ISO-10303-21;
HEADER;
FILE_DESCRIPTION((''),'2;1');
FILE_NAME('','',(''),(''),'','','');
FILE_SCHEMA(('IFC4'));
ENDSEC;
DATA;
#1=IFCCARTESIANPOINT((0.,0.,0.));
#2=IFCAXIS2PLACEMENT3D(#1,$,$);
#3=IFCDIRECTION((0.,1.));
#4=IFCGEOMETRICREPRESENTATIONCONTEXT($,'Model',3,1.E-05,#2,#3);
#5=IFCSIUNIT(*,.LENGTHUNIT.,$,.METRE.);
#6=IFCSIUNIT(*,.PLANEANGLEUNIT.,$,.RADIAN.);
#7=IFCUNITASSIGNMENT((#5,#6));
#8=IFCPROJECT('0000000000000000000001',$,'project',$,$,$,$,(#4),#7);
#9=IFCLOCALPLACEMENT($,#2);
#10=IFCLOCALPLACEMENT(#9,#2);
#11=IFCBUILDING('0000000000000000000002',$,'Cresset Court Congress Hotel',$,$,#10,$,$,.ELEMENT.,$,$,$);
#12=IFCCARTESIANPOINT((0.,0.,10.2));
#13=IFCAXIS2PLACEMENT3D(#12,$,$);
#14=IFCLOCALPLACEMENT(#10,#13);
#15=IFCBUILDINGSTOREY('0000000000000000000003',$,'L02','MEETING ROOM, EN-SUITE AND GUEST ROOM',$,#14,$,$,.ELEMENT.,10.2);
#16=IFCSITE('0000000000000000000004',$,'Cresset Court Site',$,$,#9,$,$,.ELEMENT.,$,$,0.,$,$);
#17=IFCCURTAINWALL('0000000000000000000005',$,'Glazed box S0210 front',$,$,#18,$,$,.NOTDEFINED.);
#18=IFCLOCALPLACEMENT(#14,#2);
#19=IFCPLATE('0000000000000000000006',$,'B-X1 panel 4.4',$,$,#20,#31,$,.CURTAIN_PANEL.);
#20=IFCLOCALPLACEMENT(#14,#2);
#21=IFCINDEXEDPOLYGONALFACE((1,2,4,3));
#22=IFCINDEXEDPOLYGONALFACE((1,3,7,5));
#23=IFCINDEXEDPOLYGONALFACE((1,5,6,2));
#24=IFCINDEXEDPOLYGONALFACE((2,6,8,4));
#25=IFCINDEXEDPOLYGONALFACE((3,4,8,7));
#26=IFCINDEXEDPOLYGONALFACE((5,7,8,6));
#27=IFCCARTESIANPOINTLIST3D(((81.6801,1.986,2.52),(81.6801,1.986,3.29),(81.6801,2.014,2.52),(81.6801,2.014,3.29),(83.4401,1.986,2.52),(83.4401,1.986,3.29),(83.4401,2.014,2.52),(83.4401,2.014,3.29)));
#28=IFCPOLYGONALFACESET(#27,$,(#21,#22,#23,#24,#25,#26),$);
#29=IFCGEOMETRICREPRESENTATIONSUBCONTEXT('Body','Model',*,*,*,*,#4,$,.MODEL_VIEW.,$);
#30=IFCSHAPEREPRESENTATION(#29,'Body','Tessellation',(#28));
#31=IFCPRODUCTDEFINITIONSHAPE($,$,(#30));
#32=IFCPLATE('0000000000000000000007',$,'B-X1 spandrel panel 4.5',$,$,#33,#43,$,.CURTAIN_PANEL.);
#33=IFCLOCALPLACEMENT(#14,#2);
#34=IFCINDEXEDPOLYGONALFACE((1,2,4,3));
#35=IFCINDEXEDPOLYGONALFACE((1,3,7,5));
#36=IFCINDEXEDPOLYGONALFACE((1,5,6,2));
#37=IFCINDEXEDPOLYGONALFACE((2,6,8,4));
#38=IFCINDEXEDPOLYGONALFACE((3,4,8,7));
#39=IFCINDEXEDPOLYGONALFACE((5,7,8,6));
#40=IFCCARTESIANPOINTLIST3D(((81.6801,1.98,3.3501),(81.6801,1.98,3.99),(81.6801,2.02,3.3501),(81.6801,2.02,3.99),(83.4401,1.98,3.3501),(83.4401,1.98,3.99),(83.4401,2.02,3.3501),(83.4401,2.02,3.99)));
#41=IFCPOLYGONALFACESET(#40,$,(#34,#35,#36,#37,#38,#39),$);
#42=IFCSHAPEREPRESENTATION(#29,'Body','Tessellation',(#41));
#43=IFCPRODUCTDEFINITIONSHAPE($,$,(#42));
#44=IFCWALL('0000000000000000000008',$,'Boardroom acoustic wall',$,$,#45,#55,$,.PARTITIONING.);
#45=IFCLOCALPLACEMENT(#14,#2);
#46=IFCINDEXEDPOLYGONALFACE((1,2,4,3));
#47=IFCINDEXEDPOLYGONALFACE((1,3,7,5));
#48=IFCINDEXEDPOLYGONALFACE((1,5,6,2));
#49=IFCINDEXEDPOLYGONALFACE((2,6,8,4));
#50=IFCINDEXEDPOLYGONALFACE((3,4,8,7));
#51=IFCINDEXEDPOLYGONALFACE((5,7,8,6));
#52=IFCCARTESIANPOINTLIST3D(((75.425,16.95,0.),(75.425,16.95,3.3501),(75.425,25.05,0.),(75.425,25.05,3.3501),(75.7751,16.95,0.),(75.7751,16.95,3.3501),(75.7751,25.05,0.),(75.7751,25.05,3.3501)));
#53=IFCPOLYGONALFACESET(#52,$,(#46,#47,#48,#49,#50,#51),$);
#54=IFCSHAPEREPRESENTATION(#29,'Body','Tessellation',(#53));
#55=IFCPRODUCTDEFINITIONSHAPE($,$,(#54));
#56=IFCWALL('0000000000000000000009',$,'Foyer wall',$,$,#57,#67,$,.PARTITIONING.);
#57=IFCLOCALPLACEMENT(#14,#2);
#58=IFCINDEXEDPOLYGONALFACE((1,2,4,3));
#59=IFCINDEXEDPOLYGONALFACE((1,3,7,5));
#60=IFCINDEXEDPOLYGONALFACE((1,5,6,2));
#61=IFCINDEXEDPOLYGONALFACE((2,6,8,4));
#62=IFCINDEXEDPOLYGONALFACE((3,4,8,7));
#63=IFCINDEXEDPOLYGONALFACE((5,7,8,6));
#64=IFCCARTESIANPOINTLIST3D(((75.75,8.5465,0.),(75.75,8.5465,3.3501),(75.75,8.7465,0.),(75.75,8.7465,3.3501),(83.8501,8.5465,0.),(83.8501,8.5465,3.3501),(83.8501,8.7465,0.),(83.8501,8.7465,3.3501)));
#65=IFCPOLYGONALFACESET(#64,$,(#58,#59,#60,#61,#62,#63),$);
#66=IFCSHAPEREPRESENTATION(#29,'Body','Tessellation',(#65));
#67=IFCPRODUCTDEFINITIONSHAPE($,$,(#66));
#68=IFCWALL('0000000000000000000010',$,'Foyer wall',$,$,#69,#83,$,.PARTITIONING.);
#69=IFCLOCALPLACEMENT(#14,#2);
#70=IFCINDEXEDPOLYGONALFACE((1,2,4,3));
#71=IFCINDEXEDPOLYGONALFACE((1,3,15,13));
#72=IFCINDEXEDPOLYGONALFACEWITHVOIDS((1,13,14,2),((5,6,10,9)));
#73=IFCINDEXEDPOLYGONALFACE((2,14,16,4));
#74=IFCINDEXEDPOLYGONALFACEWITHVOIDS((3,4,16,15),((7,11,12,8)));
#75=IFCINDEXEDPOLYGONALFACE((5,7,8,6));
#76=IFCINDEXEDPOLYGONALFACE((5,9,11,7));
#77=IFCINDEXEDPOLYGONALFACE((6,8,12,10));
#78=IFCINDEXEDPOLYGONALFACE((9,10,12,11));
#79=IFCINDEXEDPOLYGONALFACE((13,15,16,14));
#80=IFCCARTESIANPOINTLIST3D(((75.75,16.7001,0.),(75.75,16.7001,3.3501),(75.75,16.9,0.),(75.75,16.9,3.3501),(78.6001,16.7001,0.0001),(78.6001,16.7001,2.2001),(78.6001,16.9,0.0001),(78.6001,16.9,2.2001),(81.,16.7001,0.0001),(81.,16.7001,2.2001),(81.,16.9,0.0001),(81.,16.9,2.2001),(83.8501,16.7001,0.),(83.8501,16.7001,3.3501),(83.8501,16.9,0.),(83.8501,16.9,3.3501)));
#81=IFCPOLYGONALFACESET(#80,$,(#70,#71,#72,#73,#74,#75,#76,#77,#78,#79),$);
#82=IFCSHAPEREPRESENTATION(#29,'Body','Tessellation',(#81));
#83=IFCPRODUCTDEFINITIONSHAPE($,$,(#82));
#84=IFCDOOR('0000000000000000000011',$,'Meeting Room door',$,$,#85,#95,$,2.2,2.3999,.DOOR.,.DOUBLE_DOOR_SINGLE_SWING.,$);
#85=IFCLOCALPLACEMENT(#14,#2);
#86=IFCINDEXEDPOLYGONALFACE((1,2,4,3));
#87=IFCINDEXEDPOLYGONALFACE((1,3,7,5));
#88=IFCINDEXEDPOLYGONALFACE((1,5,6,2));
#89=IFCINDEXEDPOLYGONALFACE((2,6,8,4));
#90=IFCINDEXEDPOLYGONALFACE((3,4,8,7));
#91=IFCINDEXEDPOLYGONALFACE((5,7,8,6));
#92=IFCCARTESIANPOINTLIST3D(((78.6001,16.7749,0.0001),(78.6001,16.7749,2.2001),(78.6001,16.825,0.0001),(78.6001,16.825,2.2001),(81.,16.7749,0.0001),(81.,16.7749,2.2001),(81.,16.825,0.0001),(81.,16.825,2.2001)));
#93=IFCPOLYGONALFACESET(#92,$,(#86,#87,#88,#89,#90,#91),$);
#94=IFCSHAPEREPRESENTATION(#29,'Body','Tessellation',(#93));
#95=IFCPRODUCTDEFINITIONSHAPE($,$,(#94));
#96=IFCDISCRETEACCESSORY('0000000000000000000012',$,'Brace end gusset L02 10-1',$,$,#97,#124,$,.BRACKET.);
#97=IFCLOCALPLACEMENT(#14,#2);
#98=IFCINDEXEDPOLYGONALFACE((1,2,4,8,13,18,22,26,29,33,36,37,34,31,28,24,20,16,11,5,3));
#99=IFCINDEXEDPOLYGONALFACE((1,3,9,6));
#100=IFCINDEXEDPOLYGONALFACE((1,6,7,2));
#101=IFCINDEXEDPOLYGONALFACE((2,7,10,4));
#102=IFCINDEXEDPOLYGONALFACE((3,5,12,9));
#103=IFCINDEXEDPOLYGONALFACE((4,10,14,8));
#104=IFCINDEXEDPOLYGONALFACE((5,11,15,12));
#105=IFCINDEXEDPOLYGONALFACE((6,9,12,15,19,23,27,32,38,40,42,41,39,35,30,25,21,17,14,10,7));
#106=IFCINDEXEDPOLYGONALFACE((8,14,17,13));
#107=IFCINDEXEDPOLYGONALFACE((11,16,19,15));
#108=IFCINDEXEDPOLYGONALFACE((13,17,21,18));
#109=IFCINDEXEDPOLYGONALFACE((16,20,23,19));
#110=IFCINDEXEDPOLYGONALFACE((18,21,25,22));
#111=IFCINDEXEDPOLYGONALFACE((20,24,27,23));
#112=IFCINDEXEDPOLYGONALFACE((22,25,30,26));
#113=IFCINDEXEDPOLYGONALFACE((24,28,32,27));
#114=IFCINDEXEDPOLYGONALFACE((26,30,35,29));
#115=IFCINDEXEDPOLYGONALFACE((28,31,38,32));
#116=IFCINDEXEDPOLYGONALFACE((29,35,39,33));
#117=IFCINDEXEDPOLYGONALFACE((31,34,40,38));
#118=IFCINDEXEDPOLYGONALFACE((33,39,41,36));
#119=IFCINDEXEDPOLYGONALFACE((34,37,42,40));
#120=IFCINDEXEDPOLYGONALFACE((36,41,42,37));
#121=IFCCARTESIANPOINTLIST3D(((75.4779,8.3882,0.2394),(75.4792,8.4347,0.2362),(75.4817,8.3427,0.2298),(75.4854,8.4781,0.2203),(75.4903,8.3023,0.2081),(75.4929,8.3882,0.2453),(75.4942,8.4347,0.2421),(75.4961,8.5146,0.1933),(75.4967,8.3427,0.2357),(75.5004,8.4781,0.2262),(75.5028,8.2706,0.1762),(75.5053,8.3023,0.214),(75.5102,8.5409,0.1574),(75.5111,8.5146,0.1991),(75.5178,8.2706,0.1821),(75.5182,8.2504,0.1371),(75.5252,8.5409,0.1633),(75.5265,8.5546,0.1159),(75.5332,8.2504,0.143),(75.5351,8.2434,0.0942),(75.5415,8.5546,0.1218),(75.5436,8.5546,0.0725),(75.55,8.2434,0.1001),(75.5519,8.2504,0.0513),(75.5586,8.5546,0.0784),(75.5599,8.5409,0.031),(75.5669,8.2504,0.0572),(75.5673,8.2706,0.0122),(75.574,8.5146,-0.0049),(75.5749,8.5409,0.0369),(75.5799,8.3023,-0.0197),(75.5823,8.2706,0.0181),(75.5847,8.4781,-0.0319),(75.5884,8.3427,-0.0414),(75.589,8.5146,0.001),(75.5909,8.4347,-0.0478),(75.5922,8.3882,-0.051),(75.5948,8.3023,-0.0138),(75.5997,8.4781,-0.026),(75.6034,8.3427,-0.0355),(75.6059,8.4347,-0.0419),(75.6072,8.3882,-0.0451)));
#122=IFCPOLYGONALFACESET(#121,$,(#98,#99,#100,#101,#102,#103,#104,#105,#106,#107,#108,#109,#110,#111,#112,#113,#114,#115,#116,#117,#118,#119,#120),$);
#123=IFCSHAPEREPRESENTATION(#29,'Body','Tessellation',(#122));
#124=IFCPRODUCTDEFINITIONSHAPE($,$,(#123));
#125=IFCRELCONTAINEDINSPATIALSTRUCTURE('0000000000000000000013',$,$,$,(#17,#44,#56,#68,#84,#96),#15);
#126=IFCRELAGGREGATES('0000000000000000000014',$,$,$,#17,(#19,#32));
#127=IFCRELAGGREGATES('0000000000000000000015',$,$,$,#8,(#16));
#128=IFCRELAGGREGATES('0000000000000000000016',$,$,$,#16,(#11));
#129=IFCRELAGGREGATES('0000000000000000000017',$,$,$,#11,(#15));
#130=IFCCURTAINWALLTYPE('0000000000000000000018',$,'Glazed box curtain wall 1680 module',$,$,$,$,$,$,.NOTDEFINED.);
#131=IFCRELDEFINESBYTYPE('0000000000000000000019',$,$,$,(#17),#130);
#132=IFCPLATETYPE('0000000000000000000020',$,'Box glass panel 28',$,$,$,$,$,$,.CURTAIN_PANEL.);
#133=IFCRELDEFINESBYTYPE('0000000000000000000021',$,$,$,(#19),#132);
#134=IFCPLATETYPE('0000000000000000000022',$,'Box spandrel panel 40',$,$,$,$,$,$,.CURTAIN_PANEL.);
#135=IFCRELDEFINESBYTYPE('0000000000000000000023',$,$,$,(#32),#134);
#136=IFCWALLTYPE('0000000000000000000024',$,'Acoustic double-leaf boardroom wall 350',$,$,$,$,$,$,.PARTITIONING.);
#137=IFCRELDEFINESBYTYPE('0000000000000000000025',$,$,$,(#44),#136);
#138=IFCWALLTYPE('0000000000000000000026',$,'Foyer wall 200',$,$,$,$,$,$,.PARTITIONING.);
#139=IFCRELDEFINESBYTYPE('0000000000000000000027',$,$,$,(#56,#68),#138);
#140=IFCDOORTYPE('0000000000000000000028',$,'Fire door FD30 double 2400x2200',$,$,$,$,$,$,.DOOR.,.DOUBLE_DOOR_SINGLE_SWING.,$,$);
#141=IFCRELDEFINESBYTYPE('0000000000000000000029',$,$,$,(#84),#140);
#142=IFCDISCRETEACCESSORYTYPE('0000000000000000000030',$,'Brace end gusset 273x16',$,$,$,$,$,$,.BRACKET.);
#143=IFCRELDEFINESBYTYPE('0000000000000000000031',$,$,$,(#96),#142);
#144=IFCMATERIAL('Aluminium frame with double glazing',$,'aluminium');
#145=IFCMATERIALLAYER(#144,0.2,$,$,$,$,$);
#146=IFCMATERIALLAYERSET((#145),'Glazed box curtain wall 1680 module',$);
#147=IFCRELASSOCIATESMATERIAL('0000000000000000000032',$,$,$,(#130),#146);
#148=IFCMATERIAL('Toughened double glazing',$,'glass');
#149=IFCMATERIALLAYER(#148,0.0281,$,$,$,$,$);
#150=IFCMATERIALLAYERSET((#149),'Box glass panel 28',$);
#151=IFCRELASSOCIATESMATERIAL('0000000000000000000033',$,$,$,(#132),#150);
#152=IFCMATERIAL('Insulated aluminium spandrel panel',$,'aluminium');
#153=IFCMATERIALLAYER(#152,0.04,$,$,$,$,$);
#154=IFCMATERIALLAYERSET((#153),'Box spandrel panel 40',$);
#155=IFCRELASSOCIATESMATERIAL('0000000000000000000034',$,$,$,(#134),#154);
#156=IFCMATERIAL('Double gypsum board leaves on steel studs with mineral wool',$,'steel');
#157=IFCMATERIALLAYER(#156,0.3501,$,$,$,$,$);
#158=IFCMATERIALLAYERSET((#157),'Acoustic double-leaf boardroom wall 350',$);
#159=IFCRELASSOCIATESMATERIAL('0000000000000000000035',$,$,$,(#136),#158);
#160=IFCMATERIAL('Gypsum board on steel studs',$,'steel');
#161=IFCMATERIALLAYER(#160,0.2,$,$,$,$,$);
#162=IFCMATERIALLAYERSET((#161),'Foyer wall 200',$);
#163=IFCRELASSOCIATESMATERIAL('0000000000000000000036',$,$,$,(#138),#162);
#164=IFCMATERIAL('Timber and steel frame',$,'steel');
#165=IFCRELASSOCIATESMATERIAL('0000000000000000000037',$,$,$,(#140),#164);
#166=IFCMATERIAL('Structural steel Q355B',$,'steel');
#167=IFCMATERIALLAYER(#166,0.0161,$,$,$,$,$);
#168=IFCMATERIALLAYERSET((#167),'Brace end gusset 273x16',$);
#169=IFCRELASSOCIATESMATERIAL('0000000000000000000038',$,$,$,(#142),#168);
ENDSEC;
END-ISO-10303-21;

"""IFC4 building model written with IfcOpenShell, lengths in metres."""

from ifc_helpers import new_model, si_unit, direction, frame, frame_2d, origin, origin_2d, place, context, subcontext, project, spatial, rectangle, circle, extrude, material, layer, layer_set, type_object, element, fill, aggregate, save


model = new_model("IFC4")

# Units and contexts
model_context = context("Model", 3, precision=1e-05, world=origin(), true_north=direction((0.0, 1.0)))
body_context = subcontext(model_context, "Body", "Model", "MODEL_VIEW")
ifc_project = project(units=[si_unit("LENGTHUNIT", "METRE"), si_unit("PLANEANGLEUNIT", "RADIAN")], contexts=[model_context])

# Site, building, storey
site_placement = place(None, origin())
site = spatial("IfcSite", under=ifc_project, at=site_placement, Name="Cresset Court Site", CompositionType="ELEMENT", RefElevation=0.0)
building_placement = place(site_placement, origin())
building = spatial("IfcBuilding", under=site, at=building_placement, Name="Cresset Court Congress Hotel", CompositionType="ELEMENT")
storey_placement = place(building_placement, frame((0.0, 0.0, 10.2)))
storey = spatial("IfcBuildingStorey", under=building, at=storey_placement, Name="L02", Description="MEETING ROOM, EN-SUITE AND GUEST ROOM", CompositionType="ELEMENT", Elevation=10.2)

# Curtain wall
ifc_material_1 = material(Name="Aluminium frame with double glazing", Category="aluminium")
ifc_layer_1 = layer(ifc_material_1, 0.2)
ifc_layer_set_1 = layer_set([ifc_layer_1], Name="Glazed box curtain wall 1680 module")
curtain_wall_type = type_object("IfcCurtainWallType", Name="Glazed box curtain wall 1680 module", PredefinedType="NOTDEFINED", material=ifc_layer_set_1)
curtain_wall_1_placement = place(storey_placement, origin())
curtain_wall_1 = element("IfcCurtainWall", 1, at=curtain_wall_1_placement, inside=storey, type_object=curtain_wall_type, Name="Glazed box S0210 front", PredefinedType="NOTDEFINED")

# Plates
ifc_material_2 = material(Name="Toughened double glazing", Category="glass")
ifc_layer_2 = layer(ifc_material_2, 0.0281)
ifc_layer_set_2 = layer_set([ifc_layer_2], Name="Box glass panel 28")
plate_type_1 = type_object("IfcPlateType", Name="Box glass panel 28", PredefinedType="CURTAIN_PANEL", material=ifc_layer_set_2)
plate_1_placement = place(storey_placement, frame((82.5601, 2.0, 2.52), z_axis=(0.0, 0.0, 1.0), x_axis=(1.0, 0.0, 0.0)))
plate_1 = element("IfcPlate", 2, at=plate_1_placement, type_object=plate_type_1, Name="B-X1 panel 4.4", PredefinedType="CURTAIN_PANEL", context=body_context, shape_type="SweptSolid", body=[
    extrude(rectangle(XDim=1.76, YDim=0.0281, at=origin_2d()), origin(), (0.0, 0.0, 1.0), 0.77),
])
ifc_material_3 = material(Name="Insulated aluminium spandrel panel", Category="aluminium")
ifc_layer_3 = layer(ifc_material_3, 0.04)
ifc_layer_set_3 = layer_set([ifc_layer_3], Name="Box spandrel panel 40")
plate_type_2 = type_object("IfcPlateType", Name="Box spandrel panel 40", PredefinedType="CURTAIN_PANEL", material=ifc_layer_set_3)
plate_2_placement = place(storey_placement, frame((82.5601, 2.0, 3.3501), z_axis=(0.0, 0.0, 1.0), x_axis=(1.0, 0.0, 0.0)))
plate_2 = element("IfcPlate", 3, at=plate_2_placement, type_object=plate_type_2, Name="B-X1 spandrel panel 4.5", PredefinedType="CURTAIN_PANEL", context=body_context, shape_type="SweptSolid", body=[
    extrude(rectangle(XDim=1.76, YDim=0.04, at=origin_2d()), origin(), (0.0, 0.0, 1.0), 0.6399),
])
aggregate(curtain_wall_1, [plate_1, plate_2])

# Walls
ifc_material_4 = material(Name="Double gypsum board leaves on steel studs with mineral wool", Category="steel")
ifc_layer_4 = layer(ifc_material_4, 0.3501)
ifc_layer_set_4 = layer_set([ifc_layer_4], Name="Acoustic double-leaf boardroom wall 350")
wall_type_1 = type_object("IfcWallType", Name="Acoustic double-leaf boardroom wall 350", PredefinedType="PARTITIONING", material=ifc_layer_set_4)
wall_1_placement = place(storey_placement, frame((75.6001, 16.95, 0.0), z_axis=(0.0, 0.0, 1.0), x_axis=(0.0, 1.0, 0.0)))
element("IfcWall", 4, at=wall_1_placement, inside=storey, type_object=wall_type_1, Name="Boardroom acoustic wall", PredefinedType="PARTITIONING", context=body_context, shape_type="SweptSolid", body=[
    extrude(rectangle(XDim=8.1001, YDim=0.3501, at=frame_2d((4.05, 0.0))), origin(), (0.0, 0.0, 1.0), 3.3501),
])
ifc_material_5 = material(Name="Gypsum board on steel studs", Category="steel")
ifc_layer_5 = layer(ifc_material_5, 0.2)
ifc_layer_set_5 = layer_set([ifc_layer_5], Name="Foyer wall 200")
wall_type_2 = type_object("IfcWallType", Name="Foyer wall 200", PredefinedType="PARTITIONING", material=ifc_layer_set_5)
wall_2_placement = place(storey_placement, frame((75.75, 8.6465, 0.0), z_axis=(0.0, 0.0, 1.0), x_axis=(1.0, 0.0, 0.0)))
element("IfcWall", 5, at=wall_2_placement, inside=storey, type_object=wall_type_2, Name="Foyer wall", PredefinedType="PARTITIONING", context=body_context, shape_type="SweptSolid", body=[
    extrude(rectangle(XDim=8.1001, YDim=0.2, at=frame_2d((4.05, 0.0))), origin(), (0.0, 0.0, 1.0), 3.3501),
])

# Wall, opening, door
wall_3_placement = place(storey_placement, frame((75.75, 16.8, 0.0), z_axis=(0.0, 0.0, 1.0), x_axis=(1.0, 0.0, 0.0)))
wall_3 = element("IfcWall", 6, at=wall_3_placement, inside=storey, type_object=wall_type_2, Name="Foyer wall", PredefinedType="PARTITIONING", context=body_context, shape_type="SweptSolid", body=[
    extrude(rectangle(XDim=8.1001, YDim=0.2, at=frame_2d((4.05, 0.0))), origin(), (0.0, 0.0, 1.0), 3.3501),
])
opening_placement = place(wall_3_placement, frame((2.8501, 0.0, 0.0)))
opening = element("IfcOpeningElement", 7, at=opening_placement, cuts=wall_3, PredefinedType="OPENING", context=body_context, shape_type="SweptSolid", body=[
    extrude(rectangle(XDim=2.3999, YDim=2.2, at=frame_2d((1.2, 1.1001))), frame((0.0, 0.1099, 0.0), z_axis=(0.0, -1.0, 0.0), x_axis=(1.0, 0.0, 0.0)), (0.0, 0.0, 1.0), 0.22),
])
ifc_material_6 = material(Name="Timber and steel frame", Category="steel")
door_type = type_object("IfcDoorType", Name="Fire door FD30 double 2400x2200", OperationType="DOUBLE_DOOR_SINGLE_SWING", PredefinedType="DOOR", material=ifc_material_6)
door_placement = place(opening_placement, origin())
door = element("IfcDoor", 8, at=door_placement, inside=storey, type_object=door_type, Name="Meeting Room door", OperationType="DOUBLE_DOOR_SINGLE_SWING", OverallHeight=2.2, OverallWidth=2.3999, PredefinedType="DOOR", context=body_context, shape_type="SweptSolid", body=[
    extrude(rectangle(XDim=2.3999, YDim=2.2, at=frame_2d((1.2, 1.1001))), frame((0.0, 0.0249, 0.0), z_axis=(0.0, -1.0, 0.0), x_axis=(1.0, 0.0, 0.0)), (0.0, 0.0, 1.0), 0.05),
])
fill(opening, door)

# Discrete accessory
ifc_material_7 = material(Name="Structural steel Q355B", Category="steel")
ifc_layer_6 = layer(ifc_material_7, 0.0161)
ifc_layer_set_6 = layer_set([ifc_layer_6], Name="Brace end gusset 273x16")
discrete_accessory_type = type_object("IfcDiscreteAccessoryType", Name="Brace end gusset 273x16", PredefinedType="BRACKET", material=ifc_layer_set_6)
discrete_accessory_placement = place(storey_placement, frame((75.55, 8.3999, 0.1001), z_axis=(-0.930566, 0.0, -0.366124), x_axis=(0.0, -1.0, 0.0)))
element("IfcDiscreteAccessory", 9, at=discrete_accessory_placement, inside=storey, type_object=discrete_accessory_type, Name="Brace end gusset L02 10-1", PredefinedType="BRACKET", context=body_context, shape_type="SweptSolid", body=[
    extrude(circle(Radius=0.1565, at=origin_2d()), origin(), (0.0, 0.0, 1.0), 0.0161),
])

save(model, "model.ifc")
